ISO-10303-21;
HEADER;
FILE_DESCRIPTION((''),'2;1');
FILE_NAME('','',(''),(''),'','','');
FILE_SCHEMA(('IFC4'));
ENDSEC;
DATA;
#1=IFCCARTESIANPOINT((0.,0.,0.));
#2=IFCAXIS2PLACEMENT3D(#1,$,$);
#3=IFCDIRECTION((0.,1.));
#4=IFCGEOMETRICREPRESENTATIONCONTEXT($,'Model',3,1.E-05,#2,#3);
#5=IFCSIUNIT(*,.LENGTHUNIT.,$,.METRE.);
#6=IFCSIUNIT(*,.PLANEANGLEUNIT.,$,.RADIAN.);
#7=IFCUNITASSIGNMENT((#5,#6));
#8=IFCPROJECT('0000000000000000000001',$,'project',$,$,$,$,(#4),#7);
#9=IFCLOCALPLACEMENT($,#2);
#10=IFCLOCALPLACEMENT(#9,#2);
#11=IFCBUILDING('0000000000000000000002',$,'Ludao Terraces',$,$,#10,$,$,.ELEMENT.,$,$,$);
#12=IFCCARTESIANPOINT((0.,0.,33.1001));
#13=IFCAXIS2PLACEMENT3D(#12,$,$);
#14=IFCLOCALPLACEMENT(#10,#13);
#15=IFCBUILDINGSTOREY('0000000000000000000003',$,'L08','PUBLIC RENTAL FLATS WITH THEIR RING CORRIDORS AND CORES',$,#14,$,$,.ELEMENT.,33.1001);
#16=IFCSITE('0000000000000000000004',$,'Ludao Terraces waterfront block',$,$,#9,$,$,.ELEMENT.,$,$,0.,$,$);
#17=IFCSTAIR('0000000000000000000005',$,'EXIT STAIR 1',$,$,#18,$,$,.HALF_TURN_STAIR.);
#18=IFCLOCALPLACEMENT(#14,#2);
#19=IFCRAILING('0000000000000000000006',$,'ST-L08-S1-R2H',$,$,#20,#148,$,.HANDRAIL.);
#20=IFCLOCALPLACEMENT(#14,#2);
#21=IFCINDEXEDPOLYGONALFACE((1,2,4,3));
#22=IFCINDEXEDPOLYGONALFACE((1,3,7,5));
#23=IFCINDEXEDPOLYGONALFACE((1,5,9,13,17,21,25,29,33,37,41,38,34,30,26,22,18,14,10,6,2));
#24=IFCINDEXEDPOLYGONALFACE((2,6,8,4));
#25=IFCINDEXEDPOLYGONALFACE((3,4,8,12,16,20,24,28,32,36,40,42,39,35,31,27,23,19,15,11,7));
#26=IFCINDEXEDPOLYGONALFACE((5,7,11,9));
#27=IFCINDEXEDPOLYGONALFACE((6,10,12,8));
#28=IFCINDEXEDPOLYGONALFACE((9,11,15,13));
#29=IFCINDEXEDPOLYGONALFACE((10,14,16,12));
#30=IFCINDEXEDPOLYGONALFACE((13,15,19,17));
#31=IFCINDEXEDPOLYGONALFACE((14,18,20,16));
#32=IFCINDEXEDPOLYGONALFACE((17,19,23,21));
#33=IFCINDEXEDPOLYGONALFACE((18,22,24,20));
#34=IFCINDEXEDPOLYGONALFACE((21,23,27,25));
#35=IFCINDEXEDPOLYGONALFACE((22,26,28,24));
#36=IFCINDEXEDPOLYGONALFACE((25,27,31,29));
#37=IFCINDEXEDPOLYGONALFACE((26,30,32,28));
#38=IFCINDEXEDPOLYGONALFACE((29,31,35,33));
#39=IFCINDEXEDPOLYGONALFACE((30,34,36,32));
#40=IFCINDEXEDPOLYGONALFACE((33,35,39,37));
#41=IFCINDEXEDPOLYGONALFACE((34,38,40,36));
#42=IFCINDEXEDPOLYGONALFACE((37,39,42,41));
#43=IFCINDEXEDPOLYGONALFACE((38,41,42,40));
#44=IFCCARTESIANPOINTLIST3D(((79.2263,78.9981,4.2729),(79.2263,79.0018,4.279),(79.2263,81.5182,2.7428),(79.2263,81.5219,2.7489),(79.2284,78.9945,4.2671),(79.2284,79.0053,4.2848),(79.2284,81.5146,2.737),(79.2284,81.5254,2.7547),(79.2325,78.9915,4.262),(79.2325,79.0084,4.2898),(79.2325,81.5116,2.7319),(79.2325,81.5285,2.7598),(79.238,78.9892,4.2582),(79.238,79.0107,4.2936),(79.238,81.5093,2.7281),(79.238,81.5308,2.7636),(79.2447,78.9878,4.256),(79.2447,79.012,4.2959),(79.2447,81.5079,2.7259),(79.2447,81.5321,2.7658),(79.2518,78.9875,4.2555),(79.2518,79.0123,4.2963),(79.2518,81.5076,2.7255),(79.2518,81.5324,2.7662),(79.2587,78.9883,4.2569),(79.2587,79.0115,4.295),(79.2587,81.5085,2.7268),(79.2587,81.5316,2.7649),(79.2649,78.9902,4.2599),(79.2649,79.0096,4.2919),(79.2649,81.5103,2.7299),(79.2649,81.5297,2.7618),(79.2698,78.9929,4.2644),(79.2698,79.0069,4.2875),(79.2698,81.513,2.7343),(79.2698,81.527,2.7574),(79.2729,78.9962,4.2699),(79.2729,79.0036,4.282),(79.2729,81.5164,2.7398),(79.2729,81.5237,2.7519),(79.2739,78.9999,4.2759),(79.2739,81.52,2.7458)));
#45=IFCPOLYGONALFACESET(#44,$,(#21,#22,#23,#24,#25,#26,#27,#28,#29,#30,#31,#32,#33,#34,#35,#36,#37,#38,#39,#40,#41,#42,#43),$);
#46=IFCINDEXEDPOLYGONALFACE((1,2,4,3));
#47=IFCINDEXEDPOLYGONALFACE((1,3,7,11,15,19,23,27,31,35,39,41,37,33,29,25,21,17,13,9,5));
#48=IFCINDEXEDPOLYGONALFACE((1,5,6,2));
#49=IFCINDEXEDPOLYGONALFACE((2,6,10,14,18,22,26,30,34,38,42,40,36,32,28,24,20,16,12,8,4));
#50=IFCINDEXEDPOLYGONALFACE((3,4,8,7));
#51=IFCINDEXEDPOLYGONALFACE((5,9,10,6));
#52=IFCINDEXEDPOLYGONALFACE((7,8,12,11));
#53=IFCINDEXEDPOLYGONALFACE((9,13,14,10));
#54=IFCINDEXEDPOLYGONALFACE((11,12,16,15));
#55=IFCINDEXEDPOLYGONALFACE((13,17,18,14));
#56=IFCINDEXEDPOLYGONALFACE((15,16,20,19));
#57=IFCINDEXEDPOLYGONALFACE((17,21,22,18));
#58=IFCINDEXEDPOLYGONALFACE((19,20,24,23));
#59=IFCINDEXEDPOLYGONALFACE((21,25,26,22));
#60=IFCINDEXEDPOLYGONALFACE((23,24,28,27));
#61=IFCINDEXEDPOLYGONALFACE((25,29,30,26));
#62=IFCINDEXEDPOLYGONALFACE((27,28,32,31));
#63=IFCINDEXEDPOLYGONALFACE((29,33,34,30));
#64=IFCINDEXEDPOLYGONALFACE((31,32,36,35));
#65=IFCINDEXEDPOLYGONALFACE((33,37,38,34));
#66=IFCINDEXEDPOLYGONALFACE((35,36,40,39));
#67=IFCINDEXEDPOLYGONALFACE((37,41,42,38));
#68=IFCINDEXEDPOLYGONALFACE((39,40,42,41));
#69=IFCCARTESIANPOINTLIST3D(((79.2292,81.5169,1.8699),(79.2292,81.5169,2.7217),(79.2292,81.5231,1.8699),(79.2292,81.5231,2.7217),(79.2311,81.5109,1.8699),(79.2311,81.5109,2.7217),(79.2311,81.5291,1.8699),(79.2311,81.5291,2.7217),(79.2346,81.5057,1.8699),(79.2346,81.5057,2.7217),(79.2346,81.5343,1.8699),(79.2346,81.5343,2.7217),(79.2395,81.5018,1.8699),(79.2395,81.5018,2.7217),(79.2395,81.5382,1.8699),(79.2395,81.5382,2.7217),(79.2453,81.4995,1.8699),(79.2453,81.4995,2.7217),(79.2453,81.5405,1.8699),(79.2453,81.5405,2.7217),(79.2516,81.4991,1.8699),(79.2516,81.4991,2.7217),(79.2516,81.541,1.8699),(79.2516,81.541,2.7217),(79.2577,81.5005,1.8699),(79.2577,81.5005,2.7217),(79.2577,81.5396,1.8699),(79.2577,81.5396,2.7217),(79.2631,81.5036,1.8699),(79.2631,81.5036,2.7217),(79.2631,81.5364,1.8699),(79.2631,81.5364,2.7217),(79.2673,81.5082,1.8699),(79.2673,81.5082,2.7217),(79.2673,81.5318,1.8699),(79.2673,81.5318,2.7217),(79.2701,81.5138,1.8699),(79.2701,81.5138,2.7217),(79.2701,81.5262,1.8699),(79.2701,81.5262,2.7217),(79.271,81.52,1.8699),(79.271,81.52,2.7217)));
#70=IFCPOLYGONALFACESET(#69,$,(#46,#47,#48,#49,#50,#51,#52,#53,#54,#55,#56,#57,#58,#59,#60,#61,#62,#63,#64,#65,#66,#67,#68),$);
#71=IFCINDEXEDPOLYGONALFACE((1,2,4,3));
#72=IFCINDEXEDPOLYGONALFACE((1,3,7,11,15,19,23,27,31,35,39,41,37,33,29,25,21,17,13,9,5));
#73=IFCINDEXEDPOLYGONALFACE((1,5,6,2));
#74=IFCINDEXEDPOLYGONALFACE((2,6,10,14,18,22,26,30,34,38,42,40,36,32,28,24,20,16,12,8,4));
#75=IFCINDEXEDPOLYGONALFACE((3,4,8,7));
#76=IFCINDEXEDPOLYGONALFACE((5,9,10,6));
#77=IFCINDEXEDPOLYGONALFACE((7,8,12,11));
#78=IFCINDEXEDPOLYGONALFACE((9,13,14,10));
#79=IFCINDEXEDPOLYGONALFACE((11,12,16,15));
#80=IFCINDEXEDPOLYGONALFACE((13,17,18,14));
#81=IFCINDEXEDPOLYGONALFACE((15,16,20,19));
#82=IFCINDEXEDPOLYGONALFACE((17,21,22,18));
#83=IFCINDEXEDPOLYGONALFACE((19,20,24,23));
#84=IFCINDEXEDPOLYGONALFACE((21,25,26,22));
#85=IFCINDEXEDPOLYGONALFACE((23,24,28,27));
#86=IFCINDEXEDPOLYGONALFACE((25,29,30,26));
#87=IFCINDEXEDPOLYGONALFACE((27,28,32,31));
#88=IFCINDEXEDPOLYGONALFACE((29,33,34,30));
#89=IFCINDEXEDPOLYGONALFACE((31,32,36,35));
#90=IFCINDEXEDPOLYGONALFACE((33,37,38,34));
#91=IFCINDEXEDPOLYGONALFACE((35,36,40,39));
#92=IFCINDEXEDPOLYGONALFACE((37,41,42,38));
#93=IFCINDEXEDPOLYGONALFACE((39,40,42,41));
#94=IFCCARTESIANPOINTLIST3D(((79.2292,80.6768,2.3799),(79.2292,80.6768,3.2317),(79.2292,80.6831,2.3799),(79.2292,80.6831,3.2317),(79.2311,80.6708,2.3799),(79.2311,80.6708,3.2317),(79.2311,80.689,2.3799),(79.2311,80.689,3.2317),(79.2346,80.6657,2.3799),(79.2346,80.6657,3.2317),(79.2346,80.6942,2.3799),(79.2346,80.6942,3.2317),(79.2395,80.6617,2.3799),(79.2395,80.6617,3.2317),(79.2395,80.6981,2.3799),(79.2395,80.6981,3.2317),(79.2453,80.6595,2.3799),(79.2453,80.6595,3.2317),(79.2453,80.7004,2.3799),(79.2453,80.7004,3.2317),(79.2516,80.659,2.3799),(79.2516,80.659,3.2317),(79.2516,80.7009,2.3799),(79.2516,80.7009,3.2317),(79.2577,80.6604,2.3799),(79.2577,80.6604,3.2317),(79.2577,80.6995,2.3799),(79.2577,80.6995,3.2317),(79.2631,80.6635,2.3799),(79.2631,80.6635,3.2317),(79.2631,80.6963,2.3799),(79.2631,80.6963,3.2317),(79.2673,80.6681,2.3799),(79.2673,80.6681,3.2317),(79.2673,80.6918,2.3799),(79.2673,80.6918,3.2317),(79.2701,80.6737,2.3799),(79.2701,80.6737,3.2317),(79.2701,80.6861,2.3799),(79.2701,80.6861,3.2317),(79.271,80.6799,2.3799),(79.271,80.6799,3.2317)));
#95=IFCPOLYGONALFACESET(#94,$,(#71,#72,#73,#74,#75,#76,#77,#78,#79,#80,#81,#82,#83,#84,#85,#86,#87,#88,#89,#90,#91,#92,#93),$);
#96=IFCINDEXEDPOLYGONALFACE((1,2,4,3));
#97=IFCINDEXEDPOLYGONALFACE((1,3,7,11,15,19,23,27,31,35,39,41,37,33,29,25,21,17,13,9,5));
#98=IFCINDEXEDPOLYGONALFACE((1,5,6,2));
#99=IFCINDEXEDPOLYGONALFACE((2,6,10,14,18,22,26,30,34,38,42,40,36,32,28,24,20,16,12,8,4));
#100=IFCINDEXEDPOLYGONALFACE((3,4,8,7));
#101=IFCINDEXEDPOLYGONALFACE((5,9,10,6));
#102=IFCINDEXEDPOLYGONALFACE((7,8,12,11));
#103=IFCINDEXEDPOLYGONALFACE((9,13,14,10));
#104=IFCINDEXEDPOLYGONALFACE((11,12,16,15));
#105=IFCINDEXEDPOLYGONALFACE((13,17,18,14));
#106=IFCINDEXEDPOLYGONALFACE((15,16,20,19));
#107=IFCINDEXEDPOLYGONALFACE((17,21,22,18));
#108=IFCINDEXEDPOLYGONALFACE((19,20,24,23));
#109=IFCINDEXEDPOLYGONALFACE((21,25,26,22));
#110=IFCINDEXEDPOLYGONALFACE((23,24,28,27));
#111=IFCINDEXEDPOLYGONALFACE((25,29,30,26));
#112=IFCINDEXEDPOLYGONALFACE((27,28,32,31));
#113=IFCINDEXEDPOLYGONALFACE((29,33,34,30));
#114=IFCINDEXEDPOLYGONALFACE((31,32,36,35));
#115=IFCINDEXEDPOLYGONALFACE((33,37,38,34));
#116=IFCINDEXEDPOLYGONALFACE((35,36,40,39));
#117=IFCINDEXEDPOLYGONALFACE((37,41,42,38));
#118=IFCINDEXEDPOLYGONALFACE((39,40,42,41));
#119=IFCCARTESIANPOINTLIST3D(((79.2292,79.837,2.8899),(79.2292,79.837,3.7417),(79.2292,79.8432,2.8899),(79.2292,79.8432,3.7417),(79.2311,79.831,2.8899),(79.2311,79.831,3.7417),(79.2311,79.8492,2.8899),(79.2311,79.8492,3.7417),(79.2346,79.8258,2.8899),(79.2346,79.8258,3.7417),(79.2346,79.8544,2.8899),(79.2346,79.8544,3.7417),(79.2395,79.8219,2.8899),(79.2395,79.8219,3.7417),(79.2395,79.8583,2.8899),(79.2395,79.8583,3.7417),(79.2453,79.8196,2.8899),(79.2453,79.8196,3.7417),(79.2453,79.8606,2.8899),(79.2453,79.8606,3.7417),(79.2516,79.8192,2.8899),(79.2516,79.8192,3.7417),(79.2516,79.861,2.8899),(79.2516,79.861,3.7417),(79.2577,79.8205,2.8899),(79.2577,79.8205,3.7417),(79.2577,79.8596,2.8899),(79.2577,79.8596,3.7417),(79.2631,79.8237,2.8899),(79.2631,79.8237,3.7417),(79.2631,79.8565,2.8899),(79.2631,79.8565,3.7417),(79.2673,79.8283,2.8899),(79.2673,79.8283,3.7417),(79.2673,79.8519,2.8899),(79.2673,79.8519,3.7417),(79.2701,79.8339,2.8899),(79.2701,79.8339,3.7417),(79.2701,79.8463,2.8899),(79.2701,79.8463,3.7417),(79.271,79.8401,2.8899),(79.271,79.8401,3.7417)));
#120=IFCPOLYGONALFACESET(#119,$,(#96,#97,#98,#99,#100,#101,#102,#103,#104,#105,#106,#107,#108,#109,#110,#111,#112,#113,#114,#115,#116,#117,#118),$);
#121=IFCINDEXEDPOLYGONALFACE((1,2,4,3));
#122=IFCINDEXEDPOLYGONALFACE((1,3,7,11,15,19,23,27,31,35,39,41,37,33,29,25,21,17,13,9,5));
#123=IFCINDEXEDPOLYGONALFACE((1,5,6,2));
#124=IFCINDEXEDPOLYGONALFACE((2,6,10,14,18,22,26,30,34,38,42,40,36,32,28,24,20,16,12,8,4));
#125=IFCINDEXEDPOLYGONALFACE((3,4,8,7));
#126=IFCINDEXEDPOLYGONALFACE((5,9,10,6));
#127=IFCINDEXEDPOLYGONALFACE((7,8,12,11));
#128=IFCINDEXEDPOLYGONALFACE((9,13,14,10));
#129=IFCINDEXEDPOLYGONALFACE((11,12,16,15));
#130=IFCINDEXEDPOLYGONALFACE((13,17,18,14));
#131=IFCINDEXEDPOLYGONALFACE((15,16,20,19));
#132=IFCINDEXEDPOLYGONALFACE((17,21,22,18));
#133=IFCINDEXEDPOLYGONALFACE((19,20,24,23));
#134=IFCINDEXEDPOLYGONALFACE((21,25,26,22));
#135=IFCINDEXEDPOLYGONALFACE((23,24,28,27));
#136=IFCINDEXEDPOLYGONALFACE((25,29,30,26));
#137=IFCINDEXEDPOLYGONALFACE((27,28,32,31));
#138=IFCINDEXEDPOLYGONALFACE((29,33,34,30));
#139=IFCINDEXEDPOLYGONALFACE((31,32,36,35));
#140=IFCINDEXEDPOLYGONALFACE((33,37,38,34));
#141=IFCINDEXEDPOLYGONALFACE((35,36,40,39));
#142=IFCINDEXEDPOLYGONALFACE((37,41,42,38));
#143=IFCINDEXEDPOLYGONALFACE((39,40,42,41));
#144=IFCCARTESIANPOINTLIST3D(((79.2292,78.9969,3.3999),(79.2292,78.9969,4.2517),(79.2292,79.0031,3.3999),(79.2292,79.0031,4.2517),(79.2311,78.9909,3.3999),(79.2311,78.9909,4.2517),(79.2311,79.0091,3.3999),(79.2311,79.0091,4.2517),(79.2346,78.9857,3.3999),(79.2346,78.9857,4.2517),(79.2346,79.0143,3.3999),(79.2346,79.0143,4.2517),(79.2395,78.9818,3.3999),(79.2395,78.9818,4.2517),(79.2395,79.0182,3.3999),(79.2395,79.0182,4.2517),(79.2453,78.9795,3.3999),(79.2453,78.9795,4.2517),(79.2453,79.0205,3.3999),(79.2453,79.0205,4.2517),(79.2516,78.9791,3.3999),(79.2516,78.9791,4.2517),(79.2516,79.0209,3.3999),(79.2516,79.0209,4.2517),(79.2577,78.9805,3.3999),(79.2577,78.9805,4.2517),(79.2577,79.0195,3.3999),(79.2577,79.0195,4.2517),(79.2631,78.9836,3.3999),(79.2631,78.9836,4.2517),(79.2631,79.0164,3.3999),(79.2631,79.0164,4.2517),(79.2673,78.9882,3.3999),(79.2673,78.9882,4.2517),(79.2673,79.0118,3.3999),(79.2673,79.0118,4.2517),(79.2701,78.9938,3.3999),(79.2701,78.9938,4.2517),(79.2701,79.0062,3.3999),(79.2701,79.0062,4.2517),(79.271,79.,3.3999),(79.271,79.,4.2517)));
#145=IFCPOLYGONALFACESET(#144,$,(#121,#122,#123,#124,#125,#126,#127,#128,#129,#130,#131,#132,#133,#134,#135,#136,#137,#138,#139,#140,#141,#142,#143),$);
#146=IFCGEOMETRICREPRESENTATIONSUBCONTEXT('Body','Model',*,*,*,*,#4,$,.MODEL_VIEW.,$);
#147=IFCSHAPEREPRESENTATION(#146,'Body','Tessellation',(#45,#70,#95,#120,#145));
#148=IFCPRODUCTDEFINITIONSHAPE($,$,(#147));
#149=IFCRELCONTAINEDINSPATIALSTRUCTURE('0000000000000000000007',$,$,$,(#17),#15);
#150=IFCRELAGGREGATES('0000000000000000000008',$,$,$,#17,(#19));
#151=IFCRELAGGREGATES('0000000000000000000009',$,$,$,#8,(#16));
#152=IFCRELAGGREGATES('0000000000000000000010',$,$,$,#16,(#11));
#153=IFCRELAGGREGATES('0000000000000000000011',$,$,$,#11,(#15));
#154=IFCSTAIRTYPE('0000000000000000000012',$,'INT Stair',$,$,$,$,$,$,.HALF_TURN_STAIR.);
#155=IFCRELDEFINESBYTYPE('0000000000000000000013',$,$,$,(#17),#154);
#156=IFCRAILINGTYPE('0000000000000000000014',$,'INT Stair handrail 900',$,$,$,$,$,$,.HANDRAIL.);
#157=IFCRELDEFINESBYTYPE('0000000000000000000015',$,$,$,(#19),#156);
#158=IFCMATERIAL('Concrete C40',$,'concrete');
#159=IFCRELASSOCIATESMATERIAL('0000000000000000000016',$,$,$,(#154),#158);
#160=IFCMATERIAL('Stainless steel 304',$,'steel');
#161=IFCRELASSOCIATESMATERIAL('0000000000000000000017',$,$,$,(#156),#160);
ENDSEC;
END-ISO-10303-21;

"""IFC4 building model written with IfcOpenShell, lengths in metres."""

from ifc_helpers import new_model, si_unit, direction, frame, origin, origin_2d, place, context, subcontext, project, spatial, circle, extrude, material, type_object, element, aggregate, save


model = new_model("IFC4")

# Units and contexts
model_context = context("Model", 3, precision=1e-05, world=origin(), true_north=direction((0.0, 1.0)))
body_context = subcontext(model_context, "Body", "Model", "MODEL_VIEW")
ifc_project = project(units=[si_unit("LENGTHUNIT", "METRE"), si_unit("PLANEANGLEUNIT", "RADIAN")], contexts=[model_context])

# Site, building, storey
site_placement = place(None, origin())
site = spatial("IfcSite", under=ifc_project, at=site_placement, Name="Ludao Terraces waterfront block", CompositionType="ELEMENT", RefElevation=0.0)
building_placement = place(site_placement, origin())
building = spatial("IfcBuilding", under=site, at=building_placement, Name="Ludao Terraces", CompositionType="ELEMENT")
storey_placement = place(building_placement, frame((0.0, 0.0, 33.1001)))
storey = spatial("IfcBuildingStorey", under=building, at=storey_placement, Name="L08", Description="PUBLIC RENTAL FLATS WITH THEIR RING CORRIDORS AND CORES", CompositionType="ELEMENT", Elevation=33.1001)

# Shared definitions
ifc_material_1 = material(Name="Concrete C40", Category="concrete")

# Shared definitions
ifc_material_2 = material(Name="Stainless steel 304", Category="steel")

# Stair, railing
stair_type = type_object("IfcStairType", Name="INT Stair", PredefinedType="HALF_TURN_STAIR", material=ifc_material_1)
stair_placement = place(storey_placement, origin())
stair = element("IfcStair", 1, at=stair_placement, inside=storey, type_object=stair_type, Name="EXIT STAIR 1", PredefinedType="HALF_TURN_STAIR")
railing_type_1 = type_object("IfcRailingType", Name="INT Stair handrail 900", PredefinedType="HANDRAIL", material=ifc_material_2)
railing_1_placement = place(storey_placement, frame((79.25, 81.52, 1.8699)))
railing_1 = element("IfcRailing", 2, at=railing_1_placement, type_object=railing_type_1, Name="ST-L08-S1-R2H", PredefinedType="HANDRAIL", context=body_context, shape_type="SweptSolid", body=[
    extrude(circle(Radius=0.0239, at=origin_2d()), frame((0.0, 0.0, 0.876), z_axis=(0.0, -0.854785, 0.518982), x_axis=(1.0, 0.0, 0.0)), (0.0, 0.0, 1.0), 2.9482),
    extrude(circle(Radius=0.021, at=origin_2d()), origin(), (0.0, 0.0, 1.0), 0.8518),
    extrude(circle(Radius=0.021, at=origin_2d()), frame((0.0, -0.8401, 0.51)), (0.0, 0.0, 1.0), 0.8518),
    extrude(circle(Radius=0.021, at=origin_2d()), frame((0.0, -1.6799, 1.02)), (0.0, 0.0, 1.0), 0.8518),
    extrude(circle(Radius=0.021, at=origin_2d()), frame((0.0, -2.52, 1.53)), (0.0, 0.0, 1.0), 0.8518),
])
aggregate(stair, [railing_1])

save(model, "model.ifc")
